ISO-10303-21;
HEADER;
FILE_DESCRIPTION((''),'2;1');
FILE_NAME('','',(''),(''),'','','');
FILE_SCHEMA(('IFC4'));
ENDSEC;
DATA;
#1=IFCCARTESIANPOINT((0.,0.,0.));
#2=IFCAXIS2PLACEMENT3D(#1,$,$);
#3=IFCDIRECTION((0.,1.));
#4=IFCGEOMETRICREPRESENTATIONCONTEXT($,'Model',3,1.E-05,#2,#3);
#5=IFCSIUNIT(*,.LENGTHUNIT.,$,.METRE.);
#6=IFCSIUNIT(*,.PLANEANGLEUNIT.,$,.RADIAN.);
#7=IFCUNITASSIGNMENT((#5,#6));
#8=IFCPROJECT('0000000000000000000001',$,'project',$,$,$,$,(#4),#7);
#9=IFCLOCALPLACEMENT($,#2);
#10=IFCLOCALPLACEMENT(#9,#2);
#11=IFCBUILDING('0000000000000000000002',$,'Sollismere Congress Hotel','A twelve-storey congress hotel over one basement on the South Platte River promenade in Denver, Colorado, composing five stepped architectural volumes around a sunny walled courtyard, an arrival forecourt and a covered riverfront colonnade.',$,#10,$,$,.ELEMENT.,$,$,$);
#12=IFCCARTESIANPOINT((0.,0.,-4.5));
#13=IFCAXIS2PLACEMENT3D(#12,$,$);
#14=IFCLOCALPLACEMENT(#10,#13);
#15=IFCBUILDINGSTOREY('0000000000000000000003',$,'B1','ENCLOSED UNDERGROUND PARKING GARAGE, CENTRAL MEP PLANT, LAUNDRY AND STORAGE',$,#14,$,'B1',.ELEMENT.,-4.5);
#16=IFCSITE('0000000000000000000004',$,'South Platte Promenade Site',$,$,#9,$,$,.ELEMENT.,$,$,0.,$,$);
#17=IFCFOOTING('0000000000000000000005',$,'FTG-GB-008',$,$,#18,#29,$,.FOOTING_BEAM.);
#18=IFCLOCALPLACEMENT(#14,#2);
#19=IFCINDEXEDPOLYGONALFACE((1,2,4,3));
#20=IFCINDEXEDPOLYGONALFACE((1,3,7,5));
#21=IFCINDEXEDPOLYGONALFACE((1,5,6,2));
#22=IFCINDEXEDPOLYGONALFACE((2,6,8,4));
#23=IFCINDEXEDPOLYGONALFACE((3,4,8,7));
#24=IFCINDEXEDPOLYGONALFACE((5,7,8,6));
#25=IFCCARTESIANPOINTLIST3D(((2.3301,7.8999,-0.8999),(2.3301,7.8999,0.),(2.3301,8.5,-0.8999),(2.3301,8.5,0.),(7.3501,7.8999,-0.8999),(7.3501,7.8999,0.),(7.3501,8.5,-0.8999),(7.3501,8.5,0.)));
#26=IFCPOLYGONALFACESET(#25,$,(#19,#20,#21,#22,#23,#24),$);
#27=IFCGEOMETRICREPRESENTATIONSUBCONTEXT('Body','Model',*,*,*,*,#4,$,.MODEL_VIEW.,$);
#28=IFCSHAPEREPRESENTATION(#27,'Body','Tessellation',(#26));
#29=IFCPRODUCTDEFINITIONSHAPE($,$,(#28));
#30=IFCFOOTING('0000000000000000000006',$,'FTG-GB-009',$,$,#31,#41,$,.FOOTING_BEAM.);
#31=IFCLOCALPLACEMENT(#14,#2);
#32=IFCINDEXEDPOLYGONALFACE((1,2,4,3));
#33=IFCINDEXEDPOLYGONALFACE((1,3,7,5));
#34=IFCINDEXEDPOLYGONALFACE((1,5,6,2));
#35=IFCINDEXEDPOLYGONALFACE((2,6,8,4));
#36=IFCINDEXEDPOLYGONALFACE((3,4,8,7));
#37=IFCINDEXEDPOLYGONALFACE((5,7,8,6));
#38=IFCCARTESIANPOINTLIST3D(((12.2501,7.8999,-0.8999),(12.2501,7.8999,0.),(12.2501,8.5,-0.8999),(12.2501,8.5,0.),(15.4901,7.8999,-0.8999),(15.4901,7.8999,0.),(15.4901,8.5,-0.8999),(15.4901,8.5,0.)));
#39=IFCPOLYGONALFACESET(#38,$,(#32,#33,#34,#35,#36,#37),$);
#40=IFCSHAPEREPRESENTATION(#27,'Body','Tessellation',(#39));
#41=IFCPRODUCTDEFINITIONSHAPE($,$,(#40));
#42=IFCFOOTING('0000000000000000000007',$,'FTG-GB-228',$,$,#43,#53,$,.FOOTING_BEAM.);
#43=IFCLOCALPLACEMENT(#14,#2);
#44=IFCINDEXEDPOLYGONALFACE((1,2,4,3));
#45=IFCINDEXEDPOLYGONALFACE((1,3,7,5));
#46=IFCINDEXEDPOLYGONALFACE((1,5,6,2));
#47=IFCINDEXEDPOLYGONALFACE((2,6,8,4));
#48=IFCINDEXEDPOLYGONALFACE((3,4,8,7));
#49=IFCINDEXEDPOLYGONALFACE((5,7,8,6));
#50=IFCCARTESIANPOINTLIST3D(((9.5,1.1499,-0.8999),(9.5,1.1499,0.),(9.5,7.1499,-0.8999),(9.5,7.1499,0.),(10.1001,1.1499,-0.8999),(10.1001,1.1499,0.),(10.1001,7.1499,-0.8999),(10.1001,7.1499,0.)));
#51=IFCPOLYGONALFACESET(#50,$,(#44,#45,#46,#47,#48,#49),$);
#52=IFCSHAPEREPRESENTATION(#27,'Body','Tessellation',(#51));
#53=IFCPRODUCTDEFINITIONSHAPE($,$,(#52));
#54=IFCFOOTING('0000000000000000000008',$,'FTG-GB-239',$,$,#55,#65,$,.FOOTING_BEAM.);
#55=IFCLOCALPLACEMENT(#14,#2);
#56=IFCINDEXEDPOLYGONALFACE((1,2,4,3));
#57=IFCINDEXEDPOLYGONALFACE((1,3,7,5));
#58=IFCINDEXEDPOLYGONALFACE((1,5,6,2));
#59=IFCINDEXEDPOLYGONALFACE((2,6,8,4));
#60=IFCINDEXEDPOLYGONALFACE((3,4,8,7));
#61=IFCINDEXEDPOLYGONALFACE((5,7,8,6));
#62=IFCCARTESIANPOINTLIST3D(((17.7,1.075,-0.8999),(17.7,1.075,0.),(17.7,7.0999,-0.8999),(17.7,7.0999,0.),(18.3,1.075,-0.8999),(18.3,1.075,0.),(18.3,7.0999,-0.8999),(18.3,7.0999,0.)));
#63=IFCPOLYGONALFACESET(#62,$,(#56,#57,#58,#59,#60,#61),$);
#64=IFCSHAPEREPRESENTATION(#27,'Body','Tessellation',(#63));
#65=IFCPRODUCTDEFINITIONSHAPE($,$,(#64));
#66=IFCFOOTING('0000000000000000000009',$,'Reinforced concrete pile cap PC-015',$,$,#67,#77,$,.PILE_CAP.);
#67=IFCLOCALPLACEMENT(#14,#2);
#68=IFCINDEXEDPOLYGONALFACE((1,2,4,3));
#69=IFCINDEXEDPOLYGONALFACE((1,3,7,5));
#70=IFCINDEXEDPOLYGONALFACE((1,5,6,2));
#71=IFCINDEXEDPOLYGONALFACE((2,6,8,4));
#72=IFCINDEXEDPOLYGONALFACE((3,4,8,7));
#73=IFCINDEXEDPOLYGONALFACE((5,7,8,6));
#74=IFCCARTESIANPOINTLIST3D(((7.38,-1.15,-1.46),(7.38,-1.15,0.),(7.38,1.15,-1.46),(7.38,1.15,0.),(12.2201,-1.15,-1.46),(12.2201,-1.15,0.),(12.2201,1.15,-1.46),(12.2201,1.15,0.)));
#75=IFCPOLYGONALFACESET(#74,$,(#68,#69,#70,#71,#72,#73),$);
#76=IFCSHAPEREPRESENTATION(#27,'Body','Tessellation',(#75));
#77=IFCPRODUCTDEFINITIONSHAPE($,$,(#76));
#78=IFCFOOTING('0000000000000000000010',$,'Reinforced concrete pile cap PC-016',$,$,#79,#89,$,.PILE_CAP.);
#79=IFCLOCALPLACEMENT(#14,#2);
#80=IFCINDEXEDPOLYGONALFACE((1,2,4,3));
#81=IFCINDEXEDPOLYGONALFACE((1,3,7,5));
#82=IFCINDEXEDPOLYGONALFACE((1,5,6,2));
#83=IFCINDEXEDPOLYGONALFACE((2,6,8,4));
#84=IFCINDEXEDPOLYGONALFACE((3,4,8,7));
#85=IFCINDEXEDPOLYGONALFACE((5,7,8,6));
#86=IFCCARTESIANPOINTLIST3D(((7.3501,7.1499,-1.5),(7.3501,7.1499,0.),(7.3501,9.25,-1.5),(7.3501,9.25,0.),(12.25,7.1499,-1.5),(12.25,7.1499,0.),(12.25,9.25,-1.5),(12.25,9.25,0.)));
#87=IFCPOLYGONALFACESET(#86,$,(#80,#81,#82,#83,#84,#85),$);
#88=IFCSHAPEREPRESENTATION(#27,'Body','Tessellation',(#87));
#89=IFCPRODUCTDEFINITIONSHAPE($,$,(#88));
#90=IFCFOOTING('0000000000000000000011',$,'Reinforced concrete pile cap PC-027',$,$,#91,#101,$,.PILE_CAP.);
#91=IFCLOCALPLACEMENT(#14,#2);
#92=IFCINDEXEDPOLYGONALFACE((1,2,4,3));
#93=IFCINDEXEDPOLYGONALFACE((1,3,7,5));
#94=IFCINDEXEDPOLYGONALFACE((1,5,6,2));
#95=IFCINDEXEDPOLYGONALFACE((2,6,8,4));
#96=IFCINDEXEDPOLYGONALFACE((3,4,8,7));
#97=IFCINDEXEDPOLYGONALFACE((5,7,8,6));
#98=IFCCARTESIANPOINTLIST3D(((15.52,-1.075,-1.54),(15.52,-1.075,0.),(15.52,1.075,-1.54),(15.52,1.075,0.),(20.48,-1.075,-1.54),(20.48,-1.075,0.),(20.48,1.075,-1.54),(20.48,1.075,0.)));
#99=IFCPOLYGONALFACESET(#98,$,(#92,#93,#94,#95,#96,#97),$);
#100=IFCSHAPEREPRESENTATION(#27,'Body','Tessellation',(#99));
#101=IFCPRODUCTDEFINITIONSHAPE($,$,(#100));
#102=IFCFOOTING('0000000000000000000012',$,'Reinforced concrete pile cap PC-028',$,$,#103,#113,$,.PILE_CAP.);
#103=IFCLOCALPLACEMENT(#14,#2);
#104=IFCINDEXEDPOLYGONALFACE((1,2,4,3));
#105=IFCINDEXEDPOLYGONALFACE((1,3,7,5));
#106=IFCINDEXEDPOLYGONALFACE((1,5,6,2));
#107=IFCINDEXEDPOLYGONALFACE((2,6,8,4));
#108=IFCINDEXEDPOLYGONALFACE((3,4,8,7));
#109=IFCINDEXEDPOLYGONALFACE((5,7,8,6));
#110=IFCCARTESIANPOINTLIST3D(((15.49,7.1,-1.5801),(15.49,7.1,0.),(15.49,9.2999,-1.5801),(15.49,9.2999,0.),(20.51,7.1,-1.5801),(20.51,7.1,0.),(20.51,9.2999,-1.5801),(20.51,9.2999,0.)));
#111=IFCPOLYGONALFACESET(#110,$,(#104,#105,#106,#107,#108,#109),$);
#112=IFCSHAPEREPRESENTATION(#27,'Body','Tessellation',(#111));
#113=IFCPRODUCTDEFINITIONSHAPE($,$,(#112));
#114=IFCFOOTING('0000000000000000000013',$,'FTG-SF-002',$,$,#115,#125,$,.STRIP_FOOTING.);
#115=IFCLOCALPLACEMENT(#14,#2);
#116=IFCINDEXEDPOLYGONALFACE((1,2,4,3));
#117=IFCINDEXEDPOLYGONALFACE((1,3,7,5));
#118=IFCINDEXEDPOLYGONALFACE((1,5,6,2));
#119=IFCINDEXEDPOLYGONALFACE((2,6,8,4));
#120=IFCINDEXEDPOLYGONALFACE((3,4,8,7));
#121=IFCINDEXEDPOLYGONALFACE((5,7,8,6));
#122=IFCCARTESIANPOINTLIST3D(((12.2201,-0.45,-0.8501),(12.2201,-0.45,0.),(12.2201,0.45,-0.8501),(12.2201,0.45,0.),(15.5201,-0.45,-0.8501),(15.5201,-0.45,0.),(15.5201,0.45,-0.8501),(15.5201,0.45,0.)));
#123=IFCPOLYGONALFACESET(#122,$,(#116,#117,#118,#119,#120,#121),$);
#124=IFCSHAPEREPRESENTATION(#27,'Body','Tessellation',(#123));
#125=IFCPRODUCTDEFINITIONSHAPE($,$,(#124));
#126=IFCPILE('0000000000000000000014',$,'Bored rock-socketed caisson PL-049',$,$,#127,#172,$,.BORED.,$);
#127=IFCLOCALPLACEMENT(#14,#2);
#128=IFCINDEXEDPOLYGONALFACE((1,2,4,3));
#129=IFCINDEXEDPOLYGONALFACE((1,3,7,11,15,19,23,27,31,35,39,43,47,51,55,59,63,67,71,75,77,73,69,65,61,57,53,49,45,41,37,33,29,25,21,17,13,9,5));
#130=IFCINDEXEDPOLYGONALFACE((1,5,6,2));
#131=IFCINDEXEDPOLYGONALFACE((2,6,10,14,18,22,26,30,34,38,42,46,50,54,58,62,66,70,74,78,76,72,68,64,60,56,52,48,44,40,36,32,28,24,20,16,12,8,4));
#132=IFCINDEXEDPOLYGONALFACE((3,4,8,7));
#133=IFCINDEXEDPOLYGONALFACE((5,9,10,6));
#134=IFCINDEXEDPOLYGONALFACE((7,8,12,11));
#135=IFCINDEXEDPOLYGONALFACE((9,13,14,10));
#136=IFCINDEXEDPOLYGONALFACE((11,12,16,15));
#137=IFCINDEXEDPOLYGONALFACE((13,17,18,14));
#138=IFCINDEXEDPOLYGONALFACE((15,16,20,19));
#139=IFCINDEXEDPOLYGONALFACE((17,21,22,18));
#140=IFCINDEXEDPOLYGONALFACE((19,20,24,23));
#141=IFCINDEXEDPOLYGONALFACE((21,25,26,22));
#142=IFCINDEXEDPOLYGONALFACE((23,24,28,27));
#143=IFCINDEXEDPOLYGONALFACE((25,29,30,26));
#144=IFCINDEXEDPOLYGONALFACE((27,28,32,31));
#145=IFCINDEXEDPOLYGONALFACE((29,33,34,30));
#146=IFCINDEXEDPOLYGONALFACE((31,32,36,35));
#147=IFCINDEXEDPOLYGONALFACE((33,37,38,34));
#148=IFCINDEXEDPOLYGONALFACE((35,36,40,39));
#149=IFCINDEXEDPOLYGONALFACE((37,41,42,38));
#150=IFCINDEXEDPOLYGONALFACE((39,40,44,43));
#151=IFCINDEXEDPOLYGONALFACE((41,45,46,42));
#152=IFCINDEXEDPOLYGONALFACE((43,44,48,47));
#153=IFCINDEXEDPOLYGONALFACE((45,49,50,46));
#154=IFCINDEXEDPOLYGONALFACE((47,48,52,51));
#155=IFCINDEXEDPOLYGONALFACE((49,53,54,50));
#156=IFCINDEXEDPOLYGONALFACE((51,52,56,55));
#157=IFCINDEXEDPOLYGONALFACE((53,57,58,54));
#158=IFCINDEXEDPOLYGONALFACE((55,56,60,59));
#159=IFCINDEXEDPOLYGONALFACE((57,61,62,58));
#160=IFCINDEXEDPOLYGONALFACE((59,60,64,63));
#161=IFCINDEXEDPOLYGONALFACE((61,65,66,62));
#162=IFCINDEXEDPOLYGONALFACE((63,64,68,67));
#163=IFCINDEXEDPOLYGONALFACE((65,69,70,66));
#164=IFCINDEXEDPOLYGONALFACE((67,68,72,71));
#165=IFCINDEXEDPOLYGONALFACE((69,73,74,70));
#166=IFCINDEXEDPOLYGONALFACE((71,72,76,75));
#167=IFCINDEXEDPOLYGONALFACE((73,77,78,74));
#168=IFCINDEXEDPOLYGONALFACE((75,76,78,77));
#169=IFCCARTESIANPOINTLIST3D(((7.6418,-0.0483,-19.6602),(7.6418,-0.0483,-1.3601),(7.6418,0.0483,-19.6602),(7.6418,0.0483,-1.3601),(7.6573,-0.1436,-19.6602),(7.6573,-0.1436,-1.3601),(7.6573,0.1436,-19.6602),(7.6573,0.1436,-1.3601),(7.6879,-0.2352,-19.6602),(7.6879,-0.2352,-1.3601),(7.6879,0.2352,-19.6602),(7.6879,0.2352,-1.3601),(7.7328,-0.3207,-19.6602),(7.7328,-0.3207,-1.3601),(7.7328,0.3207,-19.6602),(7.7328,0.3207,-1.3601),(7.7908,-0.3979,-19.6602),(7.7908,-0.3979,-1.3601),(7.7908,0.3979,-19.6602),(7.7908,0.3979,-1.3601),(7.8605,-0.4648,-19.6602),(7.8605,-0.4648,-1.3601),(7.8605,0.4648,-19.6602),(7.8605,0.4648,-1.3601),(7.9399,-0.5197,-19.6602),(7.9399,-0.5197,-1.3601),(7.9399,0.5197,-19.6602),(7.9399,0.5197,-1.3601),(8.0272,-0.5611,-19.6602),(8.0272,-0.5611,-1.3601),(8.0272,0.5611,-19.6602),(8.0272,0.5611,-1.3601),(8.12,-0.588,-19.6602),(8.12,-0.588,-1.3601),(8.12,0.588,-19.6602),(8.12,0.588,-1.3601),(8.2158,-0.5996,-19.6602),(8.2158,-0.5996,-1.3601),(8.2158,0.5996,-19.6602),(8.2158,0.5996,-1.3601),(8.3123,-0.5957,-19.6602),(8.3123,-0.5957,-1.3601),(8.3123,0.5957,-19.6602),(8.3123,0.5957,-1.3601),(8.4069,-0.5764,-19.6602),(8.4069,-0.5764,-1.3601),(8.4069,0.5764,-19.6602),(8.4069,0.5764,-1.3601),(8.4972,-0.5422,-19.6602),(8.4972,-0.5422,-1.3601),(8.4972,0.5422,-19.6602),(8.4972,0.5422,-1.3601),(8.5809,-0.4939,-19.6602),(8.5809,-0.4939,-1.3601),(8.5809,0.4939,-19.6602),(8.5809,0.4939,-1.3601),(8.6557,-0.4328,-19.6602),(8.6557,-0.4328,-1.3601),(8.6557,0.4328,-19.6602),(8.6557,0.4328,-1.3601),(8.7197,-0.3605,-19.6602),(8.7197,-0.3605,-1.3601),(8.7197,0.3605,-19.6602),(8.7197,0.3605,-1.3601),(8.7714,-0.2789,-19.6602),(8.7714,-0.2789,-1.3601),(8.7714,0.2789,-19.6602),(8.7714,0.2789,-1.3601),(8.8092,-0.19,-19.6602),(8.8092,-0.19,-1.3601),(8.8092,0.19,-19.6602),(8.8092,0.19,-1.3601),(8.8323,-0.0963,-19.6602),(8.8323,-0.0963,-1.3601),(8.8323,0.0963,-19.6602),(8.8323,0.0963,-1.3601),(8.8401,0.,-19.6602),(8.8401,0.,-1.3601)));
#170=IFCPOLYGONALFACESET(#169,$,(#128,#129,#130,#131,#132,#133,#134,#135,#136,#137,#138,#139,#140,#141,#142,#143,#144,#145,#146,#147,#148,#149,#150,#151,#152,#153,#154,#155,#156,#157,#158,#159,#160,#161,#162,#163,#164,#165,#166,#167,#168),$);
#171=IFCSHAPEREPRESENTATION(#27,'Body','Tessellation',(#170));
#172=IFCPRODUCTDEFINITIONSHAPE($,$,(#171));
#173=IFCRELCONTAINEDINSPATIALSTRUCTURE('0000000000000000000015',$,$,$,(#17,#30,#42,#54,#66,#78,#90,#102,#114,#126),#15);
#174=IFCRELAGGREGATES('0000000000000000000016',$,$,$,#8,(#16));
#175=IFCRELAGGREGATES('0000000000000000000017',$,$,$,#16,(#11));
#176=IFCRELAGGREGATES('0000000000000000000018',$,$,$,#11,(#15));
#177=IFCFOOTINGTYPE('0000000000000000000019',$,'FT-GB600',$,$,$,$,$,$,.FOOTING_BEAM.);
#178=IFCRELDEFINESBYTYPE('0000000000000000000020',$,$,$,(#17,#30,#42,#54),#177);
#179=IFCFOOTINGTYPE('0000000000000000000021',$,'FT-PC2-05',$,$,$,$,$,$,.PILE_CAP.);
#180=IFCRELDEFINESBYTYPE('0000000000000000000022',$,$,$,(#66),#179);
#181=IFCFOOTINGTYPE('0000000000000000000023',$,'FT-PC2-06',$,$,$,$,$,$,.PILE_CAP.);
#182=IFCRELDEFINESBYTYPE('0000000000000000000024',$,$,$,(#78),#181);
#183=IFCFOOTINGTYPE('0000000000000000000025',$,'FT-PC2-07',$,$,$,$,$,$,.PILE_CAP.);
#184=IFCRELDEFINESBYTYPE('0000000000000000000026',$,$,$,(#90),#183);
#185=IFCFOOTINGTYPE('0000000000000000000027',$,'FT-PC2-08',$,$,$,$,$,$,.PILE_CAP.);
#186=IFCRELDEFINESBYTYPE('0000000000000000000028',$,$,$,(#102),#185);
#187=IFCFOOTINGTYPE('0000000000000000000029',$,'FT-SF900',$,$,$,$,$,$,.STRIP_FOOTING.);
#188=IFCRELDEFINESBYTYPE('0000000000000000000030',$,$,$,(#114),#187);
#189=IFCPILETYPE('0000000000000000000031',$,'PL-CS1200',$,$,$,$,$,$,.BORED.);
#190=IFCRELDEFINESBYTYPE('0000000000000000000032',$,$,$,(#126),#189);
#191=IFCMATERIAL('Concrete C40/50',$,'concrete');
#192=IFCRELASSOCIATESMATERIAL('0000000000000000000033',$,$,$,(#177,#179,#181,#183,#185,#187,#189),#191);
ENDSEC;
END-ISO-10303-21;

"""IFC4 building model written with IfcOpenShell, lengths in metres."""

from ifc_helpers import new_model, si_unit, direction, frame, origin, origin_2d, place, context, subcontext, project, spatial, rectangle, circle, extrude, material, material_profile, profile_set, type_object, element, save


model = new_model("IFC4")

# Units and contexts
model_context = context("Model", 3, precision=1e-05, world=origin(), true_north=direction((0.0, 1.0)))
body_context = subcontext(model_context, "Body", "Model", "MODEL_VIEW")
ifc_project = project(units=[si_unit("LENGTHUNIT", "METRE"), si_unit("PLANEANGLEUNIT", "RADIAN")], contexts=[model_context])

# Site, building, storey
site_placement = place(None, origin())
site = spatial("IfcSite", under=ifc_project, at=site_placement, Name="South Platte Promenade Site", CompositionType="ELEMENT", RefElevation=0.0)
building_placement = place(site_placement, origin())
building = spatial("IfcBuilding", under=site, at=building_placement, Name="Sollismere Congress Hotel", Description="A twelve-storey congress hotel over one basement on the South Platte River promenade in Denver, Colorado, composing five stepped architectural volumes around a sunny walled courtyard, an arrival forecourt and a covered riverfront colonnade.", CompositionType="ELEMENT")
storey_placement = place(building_placement, frame((0.0, 0.0, -4.5)))
storey = spatial("IfcBuildingStorey", under=building, at=storey_placement, Name="B1", Description="ENCLOSED UNDERGROUND PARKING GARAGE, CENTRAL MEP PLANT, LAUNDRY AND STORAGE", LongName="B1", CompositionType="ELEMENT", Elevation=-4.5)

# Footings
ifc_material_1 = material(Name="Concrete C40/50", Category="concrete")
footing_type_1 = type_object("IfcFootingType", Name="FT-GB600", PredefinedType="FOOTING_BEAM", material=ifc_material_1)
footing_1_placement = place(storey_placement, frame((4.8401, 8.2, -0.8999), z_axis=(0.0, 0.0, 1.0), x_axis=(1.0, 0.0, 0.0)))
element("IfcFooting", 1, at=footing_1_placement, inside=storey, type_object=footing_type_1, Name="FTG-GB-008", PredefinedType="FOOTING_BEAM", context=body_context, shape_type="SweptSolid", body=[
    extrude(rectangle(XDim=5.02, YDim=0.6001, at=origin_2d()), origin(), (0.0, 0.0, 1.0), 0.8999),
])
footing_2_placement = place(storey_placement, frame((13.8701, 8.2, -0.8999), z_axis=(0.0, 0.0, 1.0), x_axis=(1.0, 0.0, 0.0)))
element("IfcFooting", 2, at=footing_2_placement, inside=storey, type_object=footing_type_1, Name="FTG-GB-009", PredefinedType="FOOTING_BEAM", context=body_context, shape_type="SweptSolid", body=[
    extrude(rectangle(XDim=3.24, YDim=0.6001, at=origin_2d()), origin(), (0.0, 0.0, 1.0), 0.8999),
])
footing_3_placement = place(storey_placement, frame((9.8, 4.1499, -0.8999), z_axis=(0.0, 0.0, 1.0), x_axis=(0.0, 1.0, 0.0)))
element("IfcFooting", 3, at=footing_3_placement, inside=storey, type_object=footing_type_1, Name="FTG-GB-228", PredefinedType="FOOTING_BEAM", context=body_context, shape_type="SweptSolid", body=[
    extrude(rectangle(XDim=6.0, YDim=0.6001, at=origin_2d()), origin(), (0.0, 0.0, 1.0), 0.8999),
])
footing_4_placement = place(storey_placement, frame((18.0, 4.0874, -0.8999), z_axis=(0.0, 0.0, 1.0), x_axis=(0.0, 1.0, 0.0)))
element("IfcFooting", 4, at=footing_4_placement, inside=storey, type_object=footing_type_1, Name="FTG-GB-239", PredefinedType="FOOTING_BEAM", context=body_context, shape_type="SweptSolid", body=[
    extrude(rectangle(XDim=6.0249, YDim=0.6001, at=origin_2d()), origin(), (0.0, 0.0, 1.0), 0.8999),
])
footing_type_2 = type_object("IfcFootingType", Name="FT-PC2-05", PredefinedType="PILE_CAP", material=ifc_material_1)
footing_5_placement = place(storey_placement, frame((9.8, 0.0, -1.46), z_axis=(0.0, 0.0, 1.0), x_axis=(1.0, 0.0, 0.0)))
element("IfcFooting", 5, at=footing_5_placement, inside=storey, type_object=footing_type_2, Name="Reinforced concrete pile cap PC-015", PredefinedType="PILE_CAP", context=body_context, shape_type="SweptSolid", body=[
    extrude(rectangle(XDim=4.8401, YDim=2.3, at=origin_2d()), origin(), (0.0, 0.0, 1.0), 1.46),
])
footing_type_3 = type_object("IfcFootingType", Name="FT-PC2-06", PredefinedType="PILE_CAP", material=ifc_material_1)
footing_6_placement = place(storey_placement, frame((9.8, 8.2, -1.5), z_axis=(0.0, 0.0, 1.0), x_axis=(1.0, 0.0, 0.0)))
element("IfcFooting", 6, at=footing_6_placement, inside=storey, type_object=footing_type_3, Name="Reinforced concrete pile cap PC-016", PredefinedType="PILE_CAP", context=body_context, shape_type="SweptSolid", body=[
    extrude(rectangle(XDim=4.8999, YDim=2.1001, at=origin_2d()), origin(), (0.0, 0.0, 1.0), 1.5),
])
footing_type_4 = type_object("IfcFootingType", Name="FT-PC2-07", PredefinedType="PILE_CAP", material=ifc_material_1)
footing_7_placement = place(storey_placement, frame((18.0, 0.0, -1.54), z_axis=(0.0, 0.0, 1.0), x_axis=(1.0, 0.0, 0.0)))
element("IfcFooting", 7, at=footing_7_placement, inside=storey, type_object=footing_type_4, Name="Reinforced concrete pile cap PC-027", PredefinedType="PILE_CAP", context=body_context, shape_type="SweptSolid", body=[
    extrude(rectangle(XDim=4.96, YDim=2.1499, at=origin_2d()), origin(), (0.0, 0.0, 1.0), 1.54),
])
footing_type_5 = type_object("IfcFootingType", Name="FT-PC2-08", PredefinedType="PILE_CAP", material=ifc_material_1)
footing_8_placement = place(storey_placement, frame((18.0, 8.2, -1.5801), z_axis=(0.0, 0.0, 1.0), x_axis=(1.0, 0.0, 0.0)))
element("IfcFooting", 8, at=footing_8_placement, inside=storey, type_object=footing_type_5, Name="Reinforced concrete pile cap PC-028", PredefinedType="PILE_CAP", context=body_context, shape_type="SweptSolid", body=[
    extrude(rectangle(XDim=5.02, YDim=2.2, at=origin_2d()), origin(), (0.0, 0.0, 1.0), 1.5801),
])
footing_type_6 = type_object("IfcFootingType", Name="FT-SF900", PredefinedType="STRIP_FOOTING", material=ifc_material_1)
footing_9_placement = place(storey_placement, frame((13.8701, 0.0, -0.8501), z_axis=(0.0, 0.0, 1.0), x_axis=(1.0, 0.0, 0.0)))
element("IfcFooting", 9, at=footing_9_placement, inside=storey, type_object=footing_type_6, Name="FTG-SF-002", PredefinedType="STRIP_FOOTING", context=body_context, shape_type="SweptSolid", body=[
    extrude(rectangle(XDim=3.3, YDim=0.8999, at=origin_2d()), origin(), (0.0, 0.0, 1.0), 0.8501),
])

# Pile
ifc_material_profile_1 = material_profile(ifc_material_1, circle(Radius=0.6001, at=origin_2d()), Name="CAISSON1200")
ifc_profile_set_1 = profile_set([ifc_material_profile_1], Name="Concrete C40/50")
pile_type = type_object("IfcPileType", Name="PL-CS1200", PredefinedType="BORED", material=ifc_profile_set_1)
for number, where, z_axis, x_axis, name in (
    (10, (8.24, 0.0, -1.3601), (0.0, 0.0, -1.0), (1.0, 0.0, 0.0), "Bored rock-socketed caisson PL-049"),
):
    element("IfcPile", number, at=place(storey_placement, frame(where, z_axis=z_axis, x_axis=x_axis)), inside=storey, type_object=pile_type, Name=name, PredefinedType="BORED", context=body_context, shape_type="SweptSolid", body=[
        extrude(circle(Radius=0.6001, at=origin_2d()), origin(), (0.0, 0.0, 1.0), 18.3),
    ])

save(model, "model.ifc")
